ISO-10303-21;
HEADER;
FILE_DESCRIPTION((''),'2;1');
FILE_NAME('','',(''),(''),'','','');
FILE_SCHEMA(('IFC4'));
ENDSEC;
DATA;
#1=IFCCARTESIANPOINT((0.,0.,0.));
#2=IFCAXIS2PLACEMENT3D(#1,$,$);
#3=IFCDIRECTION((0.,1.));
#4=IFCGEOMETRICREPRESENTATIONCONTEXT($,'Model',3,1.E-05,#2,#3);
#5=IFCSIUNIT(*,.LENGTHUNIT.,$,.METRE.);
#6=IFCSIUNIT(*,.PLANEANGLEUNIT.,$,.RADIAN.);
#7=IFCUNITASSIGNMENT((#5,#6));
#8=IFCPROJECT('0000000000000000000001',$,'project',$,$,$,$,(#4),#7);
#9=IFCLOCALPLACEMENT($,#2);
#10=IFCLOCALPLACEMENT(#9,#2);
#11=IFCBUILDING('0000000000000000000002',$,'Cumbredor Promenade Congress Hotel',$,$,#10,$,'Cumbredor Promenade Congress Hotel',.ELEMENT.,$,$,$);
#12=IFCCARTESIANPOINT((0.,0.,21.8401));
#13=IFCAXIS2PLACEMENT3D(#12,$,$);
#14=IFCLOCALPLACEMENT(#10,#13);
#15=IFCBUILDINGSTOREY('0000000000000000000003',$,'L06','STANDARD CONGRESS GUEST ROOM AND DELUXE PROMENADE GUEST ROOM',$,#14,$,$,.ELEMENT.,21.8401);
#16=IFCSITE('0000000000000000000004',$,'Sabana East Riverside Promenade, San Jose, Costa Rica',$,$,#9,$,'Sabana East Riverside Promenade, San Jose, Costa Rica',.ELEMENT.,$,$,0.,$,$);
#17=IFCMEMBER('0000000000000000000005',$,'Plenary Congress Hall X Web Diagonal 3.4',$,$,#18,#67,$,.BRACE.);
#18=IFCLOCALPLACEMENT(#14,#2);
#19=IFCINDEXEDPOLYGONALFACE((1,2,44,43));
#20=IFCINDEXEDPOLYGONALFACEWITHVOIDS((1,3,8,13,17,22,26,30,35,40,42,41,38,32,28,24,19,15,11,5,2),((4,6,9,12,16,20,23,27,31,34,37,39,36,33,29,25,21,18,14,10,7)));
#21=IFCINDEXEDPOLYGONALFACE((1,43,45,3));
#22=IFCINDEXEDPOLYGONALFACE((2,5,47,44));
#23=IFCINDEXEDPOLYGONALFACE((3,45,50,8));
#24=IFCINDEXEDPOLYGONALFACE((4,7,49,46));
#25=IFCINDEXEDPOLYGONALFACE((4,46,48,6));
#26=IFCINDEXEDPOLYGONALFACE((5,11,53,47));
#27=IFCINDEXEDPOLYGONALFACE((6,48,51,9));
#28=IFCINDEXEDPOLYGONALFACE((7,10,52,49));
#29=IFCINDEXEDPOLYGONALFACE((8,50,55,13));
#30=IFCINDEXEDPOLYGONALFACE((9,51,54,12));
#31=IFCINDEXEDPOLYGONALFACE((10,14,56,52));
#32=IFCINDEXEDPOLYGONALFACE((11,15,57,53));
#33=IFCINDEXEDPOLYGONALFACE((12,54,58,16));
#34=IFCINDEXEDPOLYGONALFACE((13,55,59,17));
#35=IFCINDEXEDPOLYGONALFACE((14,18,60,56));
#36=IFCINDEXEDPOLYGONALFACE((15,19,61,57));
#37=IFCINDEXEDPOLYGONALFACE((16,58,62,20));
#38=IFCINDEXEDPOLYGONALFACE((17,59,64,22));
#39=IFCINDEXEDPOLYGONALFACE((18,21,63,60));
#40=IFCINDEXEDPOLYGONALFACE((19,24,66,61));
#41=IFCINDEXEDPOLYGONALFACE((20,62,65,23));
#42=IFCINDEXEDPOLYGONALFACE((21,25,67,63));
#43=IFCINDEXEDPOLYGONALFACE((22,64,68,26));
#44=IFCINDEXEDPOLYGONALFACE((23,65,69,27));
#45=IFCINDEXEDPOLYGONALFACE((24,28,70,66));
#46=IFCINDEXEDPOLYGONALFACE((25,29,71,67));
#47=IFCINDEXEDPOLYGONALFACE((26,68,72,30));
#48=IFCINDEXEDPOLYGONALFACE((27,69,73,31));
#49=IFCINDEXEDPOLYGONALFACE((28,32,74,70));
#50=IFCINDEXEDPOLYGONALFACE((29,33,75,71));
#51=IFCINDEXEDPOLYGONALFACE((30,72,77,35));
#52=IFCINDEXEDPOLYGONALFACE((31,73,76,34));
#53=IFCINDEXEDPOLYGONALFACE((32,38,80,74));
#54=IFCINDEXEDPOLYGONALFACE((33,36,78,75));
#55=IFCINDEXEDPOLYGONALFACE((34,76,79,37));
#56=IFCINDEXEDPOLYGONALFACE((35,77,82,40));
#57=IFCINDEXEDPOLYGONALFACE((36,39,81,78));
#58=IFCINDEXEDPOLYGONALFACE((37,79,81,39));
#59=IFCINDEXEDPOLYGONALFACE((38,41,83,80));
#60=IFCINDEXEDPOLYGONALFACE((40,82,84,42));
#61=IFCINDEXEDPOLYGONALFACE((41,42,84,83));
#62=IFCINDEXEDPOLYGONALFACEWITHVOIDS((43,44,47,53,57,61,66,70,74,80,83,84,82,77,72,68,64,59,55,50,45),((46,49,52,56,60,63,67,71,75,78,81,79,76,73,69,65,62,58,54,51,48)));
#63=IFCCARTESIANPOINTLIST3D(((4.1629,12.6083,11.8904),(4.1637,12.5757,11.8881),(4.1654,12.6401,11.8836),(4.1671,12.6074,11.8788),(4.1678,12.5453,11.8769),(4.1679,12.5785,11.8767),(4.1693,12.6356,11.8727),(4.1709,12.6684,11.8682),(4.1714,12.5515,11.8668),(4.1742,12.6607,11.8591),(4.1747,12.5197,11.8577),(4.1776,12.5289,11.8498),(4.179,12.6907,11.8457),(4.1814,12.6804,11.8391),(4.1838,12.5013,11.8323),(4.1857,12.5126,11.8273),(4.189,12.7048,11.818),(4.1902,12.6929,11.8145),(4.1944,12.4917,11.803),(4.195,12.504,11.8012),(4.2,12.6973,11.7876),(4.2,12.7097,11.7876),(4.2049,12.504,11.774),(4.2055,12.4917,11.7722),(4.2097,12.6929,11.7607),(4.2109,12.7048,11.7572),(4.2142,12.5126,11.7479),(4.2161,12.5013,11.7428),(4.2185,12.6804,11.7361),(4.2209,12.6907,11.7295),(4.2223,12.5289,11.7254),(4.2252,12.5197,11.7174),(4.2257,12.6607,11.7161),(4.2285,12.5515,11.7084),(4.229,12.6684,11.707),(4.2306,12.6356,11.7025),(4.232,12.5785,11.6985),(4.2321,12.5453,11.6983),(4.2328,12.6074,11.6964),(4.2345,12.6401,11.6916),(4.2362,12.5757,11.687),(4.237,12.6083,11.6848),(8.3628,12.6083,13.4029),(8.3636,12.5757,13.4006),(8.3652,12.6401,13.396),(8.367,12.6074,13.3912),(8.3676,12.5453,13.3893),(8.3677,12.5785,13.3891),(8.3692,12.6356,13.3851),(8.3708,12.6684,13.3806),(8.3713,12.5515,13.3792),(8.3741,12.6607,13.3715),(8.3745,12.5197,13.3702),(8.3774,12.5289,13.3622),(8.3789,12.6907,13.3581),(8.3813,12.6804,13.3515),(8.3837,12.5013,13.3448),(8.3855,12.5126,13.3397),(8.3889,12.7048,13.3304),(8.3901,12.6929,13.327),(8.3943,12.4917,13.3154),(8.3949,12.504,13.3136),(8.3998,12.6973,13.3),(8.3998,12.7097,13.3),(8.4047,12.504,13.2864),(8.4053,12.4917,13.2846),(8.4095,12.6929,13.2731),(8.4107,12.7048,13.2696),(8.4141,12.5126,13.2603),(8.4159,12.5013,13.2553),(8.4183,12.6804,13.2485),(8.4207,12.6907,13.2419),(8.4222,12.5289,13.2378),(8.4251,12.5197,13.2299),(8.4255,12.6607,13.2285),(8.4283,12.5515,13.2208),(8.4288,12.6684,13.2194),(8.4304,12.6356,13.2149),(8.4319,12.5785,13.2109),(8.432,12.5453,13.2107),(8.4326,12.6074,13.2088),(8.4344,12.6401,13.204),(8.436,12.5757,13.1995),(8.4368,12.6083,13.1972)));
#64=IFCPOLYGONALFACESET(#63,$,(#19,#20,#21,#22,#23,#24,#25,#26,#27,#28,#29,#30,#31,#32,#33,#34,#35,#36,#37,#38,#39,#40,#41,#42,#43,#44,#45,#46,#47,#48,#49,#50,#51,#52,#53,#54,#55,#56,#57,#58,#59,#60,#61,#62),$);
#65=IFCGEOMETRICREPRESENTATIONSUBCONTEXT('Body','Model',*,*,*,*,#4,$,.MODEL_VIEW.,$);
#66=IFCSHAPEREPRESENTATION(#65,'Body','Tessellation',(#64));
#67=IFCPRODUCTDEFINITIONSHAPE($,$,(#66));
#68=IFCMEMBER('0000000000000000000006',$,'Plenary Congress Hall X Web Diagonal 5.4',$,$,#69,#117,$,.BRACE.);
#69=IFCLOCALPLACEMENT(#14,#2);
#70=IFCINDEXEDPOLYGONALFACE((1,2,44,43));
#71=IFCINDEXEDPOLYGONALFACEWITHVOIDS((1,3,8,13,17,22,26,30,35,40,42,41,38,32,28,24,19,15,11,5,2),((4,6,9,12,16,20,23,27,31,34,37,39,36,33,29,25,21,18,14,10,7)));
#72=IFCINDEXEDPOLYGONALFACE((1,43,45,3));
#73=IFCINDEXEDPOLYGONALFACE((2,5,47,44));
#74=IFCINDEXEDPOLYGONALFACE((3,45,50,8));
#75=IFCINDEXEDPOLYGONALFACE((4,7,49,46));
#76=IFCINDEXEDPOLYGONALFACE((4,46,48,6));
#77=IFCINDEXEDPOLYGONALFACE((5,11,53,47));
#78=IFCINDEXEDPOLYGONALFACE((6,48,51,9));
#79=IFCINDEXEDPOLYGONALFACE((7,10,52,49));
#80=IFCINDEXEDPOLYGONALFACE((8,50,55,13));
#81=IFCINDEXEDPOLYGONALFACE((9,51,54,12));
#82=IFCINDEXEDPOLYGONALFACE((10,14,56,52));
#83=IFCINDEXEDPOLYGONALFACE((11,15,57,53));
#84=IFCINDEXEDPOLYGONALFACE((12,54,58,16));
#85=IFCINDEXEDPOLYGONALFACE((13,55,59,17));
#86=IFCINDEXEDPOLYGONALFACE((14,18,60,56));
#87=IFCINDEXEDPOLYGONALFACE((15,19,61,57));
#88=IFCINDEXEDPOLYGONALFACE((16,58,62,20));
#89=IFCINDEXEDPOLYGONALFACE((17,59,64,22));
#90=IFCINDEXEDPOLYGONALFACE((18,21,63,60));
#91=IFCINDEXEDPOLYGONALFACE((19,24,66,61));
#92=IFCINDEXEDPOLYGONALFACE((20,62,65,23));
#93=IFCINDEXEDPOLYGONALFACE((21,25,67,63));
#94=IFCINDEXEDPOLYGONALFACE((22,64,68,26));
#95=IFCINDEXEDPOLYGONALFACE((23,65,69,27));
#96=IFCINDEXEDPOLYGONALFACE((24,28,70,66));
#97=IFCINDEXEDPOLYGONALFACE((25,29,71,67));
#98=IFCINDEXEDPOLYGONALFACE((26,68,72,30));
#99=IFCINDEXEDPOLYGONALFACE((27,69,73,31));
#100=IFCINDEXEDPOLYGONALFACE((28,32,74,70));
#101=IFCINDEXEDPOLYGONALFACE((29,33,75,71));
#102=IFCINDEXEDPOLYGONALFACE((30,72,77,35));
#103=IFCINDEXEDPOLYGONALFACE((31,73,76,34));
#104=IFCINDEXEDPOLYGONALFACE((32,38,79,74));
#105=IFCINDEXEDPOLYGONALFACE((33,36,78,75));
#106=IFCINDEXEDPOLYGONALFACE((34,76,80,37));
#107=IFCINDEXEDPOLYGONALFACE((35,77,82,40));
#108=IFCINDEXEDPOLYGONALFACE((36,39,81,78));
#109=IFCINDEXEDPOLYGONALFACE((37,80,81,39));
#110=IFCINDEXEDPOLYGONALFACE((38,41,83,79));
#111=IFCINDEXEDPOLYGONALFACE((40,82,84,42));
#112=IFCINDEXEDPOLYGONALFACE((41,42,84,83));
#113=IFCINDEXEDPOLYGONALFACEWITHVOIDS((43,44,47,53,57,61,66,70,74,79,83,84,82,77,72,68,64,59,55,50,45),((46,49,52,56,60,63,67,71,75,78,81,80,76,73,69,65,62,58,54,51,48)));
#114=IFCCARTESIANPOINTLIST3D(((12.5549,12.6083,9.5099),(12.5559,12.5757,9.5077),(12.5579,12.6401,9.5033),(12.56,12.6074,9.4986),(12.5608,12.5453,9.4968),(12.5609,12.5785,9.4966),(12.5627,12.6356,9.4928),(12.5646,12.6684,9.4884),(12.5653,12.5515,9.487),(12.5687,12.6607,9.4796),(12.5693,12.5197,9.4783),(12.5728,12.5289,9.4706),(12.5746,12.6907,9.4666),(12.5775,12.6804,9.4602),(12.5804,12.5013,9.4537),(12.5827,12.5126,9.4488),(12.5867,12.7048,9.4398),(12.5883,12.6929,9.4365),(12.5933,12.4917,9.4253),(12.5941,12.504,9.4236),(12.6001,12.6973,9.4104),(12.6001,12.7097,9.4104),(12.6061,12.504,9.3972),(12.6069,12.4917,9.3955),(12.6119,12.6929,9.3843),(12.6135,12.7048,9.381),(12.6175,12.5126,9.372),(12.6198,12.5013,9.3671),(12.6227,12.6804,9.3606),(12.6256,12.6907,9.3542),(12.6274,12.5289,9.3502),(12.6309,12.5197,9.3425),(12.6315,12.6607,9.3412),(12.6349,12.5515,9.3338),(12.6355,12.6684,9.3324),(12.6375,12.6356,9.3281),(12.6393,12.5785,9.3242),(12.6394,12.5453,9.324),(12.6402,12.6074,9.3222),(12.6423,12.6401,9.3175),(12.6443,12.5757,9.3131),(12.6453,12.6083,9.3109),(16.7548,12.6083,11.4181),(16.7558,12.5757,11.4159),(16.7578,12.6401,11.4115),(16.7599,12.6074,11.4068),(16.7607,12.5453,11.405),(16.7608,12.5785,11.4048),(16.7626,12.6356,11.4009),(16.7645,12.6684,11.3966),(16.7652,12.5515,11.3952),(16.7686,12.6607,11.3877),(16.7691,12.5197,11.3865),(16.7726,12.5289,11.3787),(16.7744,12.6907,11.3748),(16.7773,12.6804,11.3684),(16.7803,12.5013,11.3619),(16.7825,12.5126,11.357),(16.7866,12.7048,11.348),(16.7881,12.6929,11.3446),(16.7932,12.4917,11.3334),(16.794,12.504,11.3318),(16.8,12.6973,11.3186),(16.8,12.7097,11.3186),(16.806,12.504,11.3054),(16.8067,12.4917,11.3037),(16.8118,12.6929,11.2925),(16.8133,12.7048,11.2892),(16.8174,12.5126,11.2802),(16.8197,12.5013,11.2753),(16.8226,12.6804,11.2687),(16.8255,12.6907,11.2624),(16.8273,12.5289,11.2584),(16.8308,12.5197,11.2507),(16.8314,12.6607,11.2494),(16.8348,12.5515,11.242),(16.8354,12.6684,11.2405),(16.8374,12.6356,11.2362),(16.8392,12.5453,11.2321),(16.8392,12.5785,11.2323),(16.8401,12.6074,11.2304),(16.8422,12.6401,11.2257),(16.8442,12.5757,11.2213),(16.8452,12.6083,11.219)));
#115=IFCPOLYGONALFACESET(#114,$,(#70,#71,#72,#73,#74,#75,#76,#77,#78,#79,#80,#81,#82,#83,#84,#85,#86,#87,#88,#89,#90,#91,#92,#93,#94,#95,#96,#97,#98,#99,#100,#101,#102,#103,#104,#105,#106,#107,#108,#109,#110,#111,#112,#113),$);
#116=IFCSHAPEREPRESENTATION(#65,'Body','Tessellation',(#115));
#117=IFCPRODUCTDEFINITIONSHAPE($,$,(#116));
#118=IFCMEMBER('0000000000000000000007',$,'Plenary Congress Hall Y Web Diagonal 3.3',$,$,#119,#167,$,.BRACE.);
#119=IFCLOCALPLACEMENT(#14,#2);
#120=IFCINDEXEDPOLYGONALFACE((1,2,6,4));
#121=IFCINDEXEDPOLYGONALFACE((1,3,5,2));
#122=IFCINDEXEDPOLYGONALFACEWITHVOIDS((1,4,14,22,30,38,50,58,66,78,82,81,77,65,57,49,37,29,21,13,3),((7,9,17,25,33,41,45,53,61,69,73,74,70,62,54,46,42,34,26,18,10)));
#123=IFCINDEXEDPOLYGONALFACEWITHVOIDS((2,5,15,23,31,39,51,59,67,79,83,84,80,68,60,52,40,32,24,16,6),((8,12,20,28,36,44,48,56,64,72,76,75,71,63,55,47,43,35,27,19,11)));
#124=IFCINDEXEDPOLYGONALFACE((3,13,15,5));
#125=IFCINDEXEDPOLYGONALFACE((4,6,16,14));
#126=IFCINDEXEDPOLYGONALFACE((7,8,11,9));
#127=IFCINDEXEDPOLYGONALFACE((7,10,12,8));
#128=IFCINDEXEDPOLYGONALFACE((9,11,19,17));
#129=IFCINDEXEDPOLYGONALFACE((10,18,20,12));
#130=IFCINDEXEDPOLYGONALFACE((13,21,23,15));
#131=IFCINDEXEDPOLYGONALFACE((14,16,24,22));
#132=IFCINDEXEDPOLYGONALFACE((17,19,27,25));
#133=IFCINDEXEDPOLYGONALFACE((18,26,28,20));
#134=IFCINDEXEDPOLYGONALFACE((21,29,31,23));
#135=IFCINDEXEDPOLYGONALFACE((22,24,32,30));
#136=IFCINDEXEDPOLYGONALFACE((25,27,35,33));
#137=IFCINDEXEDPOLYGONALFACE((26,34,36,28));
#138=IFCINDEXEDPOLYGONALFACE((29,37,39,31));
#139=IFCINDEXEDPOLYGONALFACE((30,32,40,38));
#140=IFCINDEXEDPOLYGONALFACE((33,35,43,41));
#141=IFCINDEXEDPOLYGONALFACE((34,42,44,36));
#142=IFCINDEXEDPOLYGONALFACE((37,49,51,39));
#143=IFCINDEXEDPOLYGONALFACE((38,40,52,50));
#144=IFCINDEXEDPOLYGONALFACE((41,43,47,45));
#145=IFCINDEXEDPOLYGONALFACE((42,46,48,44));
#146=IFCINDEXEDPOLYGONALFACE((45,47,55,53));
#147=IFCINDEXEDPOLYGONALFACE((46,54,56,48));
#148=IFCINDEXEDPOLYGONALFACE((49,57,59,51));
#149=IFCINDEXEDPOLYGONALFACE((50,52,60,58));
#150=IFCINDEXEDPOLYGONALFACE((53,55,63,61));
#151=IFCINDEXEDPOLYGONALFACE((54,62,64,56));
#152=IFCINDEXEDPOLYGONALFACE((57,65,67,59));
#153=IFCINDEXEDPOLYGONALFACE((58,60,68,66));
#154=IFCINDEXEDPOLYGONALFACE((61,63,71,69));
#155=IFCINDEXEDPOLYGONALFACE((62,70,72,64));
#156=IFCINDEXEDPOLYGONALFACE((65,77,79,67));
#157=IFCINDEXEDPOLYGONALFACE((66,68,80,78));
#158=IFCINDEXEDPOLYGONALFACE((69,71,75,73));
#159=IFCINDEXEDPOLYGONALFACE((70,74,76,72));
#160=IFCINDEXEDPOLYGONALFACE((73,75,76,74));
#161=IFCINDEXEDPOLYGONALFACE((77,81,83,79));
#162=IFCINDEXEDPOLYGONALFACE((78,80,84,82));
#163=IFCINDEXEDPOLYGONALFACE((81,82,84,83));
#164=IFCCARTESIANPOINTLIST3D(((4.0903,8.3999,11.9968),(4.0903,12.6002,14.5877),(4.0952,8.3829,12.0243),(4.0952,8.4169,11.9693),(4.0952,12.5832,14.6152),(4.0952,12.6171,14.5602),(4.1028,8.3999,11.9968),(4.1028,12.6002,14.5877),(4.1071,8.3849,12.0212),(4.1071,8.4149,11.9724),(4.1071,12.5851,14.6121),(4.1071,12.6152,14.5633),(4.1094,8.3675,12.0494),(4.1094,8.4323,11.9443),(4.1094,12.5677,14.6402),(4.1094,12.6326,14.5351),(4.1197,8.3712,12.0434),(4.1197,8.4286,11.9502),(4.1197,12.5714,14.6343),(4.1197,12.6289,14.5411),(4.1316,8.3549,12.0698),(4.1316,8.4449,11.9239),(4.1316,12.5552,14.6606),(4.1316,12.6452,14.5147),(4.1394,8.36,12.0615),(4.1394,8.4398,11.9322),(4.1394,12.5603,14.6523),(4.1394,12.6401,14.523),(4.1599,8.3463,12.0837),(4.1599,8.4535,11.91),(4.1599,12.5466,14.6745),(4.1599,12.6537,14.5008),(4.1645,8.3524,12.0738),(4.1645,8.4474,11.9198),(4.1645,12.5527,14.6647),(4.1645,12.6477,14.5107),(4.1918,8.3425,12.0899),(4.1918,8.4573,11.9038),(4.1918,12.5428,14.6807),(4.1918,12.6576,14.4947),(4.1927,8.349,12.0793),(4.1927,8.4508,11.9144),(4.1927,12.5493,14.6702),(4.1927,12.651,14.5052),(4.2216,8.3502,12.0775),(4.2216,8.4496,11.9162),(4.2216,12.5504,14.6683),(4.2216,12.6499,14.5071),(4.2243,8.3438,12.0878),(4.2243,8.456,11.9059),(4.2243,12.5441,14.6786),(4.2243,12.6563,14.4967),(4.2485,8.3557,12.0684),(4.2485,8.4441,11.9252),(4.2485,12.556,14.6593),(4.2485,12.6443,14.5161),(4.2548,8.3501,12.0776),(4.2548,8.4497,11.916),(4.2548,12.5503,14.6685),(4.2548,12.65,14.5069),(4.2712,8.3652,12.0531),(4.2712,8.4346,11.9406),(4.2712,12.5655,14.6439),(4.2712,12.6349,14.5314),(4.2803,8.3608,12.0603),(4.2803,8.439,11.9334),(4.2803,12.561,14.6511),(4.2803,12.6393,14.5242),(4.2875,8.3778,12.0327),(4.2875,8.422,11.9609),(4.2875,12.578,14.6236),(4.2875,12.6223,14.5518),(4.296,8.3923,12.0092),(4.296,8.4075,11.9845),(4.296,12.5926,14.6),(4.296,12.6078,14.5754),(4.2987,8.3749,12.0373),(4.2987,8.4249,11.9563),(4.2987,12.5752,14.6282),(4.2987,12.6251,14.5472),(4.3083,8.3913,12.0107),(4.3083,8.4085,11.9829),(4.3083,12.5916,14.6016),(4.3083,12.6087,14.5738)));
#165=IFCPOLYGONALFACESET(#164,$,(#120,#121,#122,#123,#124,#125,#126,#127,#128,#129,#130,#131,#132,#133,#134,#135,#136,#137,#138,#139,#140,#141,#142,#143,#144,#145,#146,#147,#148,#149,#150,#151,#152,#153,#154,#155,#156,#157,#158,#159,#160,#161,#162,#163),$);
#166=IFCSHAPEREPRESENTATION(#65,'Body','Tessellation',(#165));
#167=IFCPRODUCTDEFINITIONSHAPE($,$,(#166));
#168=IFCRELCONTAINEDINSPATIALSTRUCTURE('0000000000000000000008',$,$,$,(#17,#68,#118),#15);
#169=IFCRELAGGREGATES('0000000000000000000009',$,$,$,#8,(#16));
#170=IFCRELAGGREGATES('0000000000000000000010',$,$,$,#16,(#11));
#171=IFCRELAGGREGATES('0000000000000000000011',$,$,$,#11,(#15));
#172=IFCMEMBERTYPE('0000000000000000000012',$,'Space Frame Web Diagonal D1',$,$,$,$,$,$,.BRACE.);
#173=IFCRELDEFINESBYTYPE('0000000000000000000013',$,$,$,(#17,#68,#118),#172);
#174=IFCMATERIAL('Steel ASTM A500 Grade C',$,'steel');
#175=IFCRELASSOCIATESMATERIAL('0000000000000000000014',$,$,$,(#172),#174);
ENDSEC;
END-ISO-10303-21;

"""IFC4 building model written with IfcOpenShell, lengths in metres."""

from ifc_helpers import new_model, si_unit, direction, frame, origin, origin_2d, place, context, subcontext, project, spatial, hollow_circle, extrude, material, material_profile, profile_set, type_object, element, save


model = new_model("IFC4")

# Units and contexts
model_context = context("Model", 3, precision=1e-05, world=origin(), true_north=direction((0.0, 1.0)))
body_context = subcontext(model_context, "Body", "Model", "MODEL_VIEW")
ifc_project = project(units=[si_unit("LENGTHUNIT", "METRE"), si_unit("PLANEANGLEUNIT", "RADIAN")], contexts=[model_context])

# Site, building, storey
site_placement = place(None, origin())
site = spatial("IfcSite", under=ifc_project, at=site_placement, Name="Sabana East Riverside Promenade, San Jose, Costa Rica", LongName="Sabana East Riverside Promenade, San Jose, Costa Rica", CompositionType="ELEMENT", RefElevation=0.0)
building_placement = place(site_placement, origin())
building = spatial("IfcBuilding", under=site, at=building_placement, Name="Cumbredor Promenade Congress Hotel", LongName="Cumbredor Promenade Congress Hotel", CompositionType="ELEMENT")
storey_placement = place(building_placement, frame((0.0, 0.0, 21.8401)))
storey = spatial("IfcBuildingStorey", under=building, at=storey_placement, Name="L06", Description="STANDARD CONGRESS GUEST ROOM AND DELUXE PROMENADE GUEST ROOM", CompositionType="ELEMENT", Elevation=21.8401)

# Members
ifc_material_1 = material(Name="Steel ASTM A500 Grade C", Category="steel")
ifc_material_profile_1 = material_profile(ifc_material_1, hollow_circle(Radius=0.1096, WallThickness=0.0125, at=origin_2d()), Name="CHS 219.1x12.5")
ifc_profile_set_1 = profile_set([ifc_material_profile_1], Name="Steel ASTM A500 Grade C")
member_type_1 = type_object("IfcMemberType", Name="Space Frame Web Diagonal D1", PredefinedType="BRACE", material=ifc_profile_set_1)
member_1_placement = place(storey_placement, frame((4.2, 12.6001, 11.7876), z_axis=(0.940854, 0.0, 0.338812), x_axis=(0.0, 1.0, 0.0)))
element("IfcMember", 1, at=member_1_placement, inside=storey, type_object=member_type_1, Name="Plenary Congress Hall X Web Diagonal 3.4", PredefinedType="BRACE", context=body_context, shape_type="SweptSolid", body=[
    extrude(hollow_circle(Radius=0.1096, WallThickness=0.0125, at=origin_2d()), origin(), (0.0, 0.0, 1.0), 4.4639),
])
member_2_placement = place(storey_placement, frame((12.6001, 12.6001, 9.4104), z_axis=(0.910437, 0.0, 0.413647), x_axis=(0.0, 1.0, 0.0)))
element("IfcMember", 2, at=member_2_placement, inside=storey, type_object=member_type_1, Name="Plenary Congress Hall X Web Diagonal 5.4", PredefinedType="BRACE", context=body_context, shape_type="SweptSolid", body=[
    extrude(hollow_circle(Radius=0.1096, WallThickness=0.0125, at=origin_2d()), origin(), (0.0, 0.0, 1.0), 4.613),
])
member_3_placement = place(storey_placement, frame((4.2, 8.3999, 11.9968), z_axis=(0.0, 0.851108, 0.524991), x_axis=(-1.0, 0.0, 0.0)))
element("IfcMember", 3, at=member_3_placement, inside=storey, type_object=member_type_1, Name="Plenary Congress Hall Y Web Diagonal 3.3", PredefinedType="BRACE", context=body_context, shape_type="SweptSolid", body=[
    extrude(hollow_circle(Radius=0.1096, WallThickness=0.0125, at=origin_2d()), origin(), (0.0, 0.0, 1.0), 4.9351),
])

save(model, "model.ifc")
